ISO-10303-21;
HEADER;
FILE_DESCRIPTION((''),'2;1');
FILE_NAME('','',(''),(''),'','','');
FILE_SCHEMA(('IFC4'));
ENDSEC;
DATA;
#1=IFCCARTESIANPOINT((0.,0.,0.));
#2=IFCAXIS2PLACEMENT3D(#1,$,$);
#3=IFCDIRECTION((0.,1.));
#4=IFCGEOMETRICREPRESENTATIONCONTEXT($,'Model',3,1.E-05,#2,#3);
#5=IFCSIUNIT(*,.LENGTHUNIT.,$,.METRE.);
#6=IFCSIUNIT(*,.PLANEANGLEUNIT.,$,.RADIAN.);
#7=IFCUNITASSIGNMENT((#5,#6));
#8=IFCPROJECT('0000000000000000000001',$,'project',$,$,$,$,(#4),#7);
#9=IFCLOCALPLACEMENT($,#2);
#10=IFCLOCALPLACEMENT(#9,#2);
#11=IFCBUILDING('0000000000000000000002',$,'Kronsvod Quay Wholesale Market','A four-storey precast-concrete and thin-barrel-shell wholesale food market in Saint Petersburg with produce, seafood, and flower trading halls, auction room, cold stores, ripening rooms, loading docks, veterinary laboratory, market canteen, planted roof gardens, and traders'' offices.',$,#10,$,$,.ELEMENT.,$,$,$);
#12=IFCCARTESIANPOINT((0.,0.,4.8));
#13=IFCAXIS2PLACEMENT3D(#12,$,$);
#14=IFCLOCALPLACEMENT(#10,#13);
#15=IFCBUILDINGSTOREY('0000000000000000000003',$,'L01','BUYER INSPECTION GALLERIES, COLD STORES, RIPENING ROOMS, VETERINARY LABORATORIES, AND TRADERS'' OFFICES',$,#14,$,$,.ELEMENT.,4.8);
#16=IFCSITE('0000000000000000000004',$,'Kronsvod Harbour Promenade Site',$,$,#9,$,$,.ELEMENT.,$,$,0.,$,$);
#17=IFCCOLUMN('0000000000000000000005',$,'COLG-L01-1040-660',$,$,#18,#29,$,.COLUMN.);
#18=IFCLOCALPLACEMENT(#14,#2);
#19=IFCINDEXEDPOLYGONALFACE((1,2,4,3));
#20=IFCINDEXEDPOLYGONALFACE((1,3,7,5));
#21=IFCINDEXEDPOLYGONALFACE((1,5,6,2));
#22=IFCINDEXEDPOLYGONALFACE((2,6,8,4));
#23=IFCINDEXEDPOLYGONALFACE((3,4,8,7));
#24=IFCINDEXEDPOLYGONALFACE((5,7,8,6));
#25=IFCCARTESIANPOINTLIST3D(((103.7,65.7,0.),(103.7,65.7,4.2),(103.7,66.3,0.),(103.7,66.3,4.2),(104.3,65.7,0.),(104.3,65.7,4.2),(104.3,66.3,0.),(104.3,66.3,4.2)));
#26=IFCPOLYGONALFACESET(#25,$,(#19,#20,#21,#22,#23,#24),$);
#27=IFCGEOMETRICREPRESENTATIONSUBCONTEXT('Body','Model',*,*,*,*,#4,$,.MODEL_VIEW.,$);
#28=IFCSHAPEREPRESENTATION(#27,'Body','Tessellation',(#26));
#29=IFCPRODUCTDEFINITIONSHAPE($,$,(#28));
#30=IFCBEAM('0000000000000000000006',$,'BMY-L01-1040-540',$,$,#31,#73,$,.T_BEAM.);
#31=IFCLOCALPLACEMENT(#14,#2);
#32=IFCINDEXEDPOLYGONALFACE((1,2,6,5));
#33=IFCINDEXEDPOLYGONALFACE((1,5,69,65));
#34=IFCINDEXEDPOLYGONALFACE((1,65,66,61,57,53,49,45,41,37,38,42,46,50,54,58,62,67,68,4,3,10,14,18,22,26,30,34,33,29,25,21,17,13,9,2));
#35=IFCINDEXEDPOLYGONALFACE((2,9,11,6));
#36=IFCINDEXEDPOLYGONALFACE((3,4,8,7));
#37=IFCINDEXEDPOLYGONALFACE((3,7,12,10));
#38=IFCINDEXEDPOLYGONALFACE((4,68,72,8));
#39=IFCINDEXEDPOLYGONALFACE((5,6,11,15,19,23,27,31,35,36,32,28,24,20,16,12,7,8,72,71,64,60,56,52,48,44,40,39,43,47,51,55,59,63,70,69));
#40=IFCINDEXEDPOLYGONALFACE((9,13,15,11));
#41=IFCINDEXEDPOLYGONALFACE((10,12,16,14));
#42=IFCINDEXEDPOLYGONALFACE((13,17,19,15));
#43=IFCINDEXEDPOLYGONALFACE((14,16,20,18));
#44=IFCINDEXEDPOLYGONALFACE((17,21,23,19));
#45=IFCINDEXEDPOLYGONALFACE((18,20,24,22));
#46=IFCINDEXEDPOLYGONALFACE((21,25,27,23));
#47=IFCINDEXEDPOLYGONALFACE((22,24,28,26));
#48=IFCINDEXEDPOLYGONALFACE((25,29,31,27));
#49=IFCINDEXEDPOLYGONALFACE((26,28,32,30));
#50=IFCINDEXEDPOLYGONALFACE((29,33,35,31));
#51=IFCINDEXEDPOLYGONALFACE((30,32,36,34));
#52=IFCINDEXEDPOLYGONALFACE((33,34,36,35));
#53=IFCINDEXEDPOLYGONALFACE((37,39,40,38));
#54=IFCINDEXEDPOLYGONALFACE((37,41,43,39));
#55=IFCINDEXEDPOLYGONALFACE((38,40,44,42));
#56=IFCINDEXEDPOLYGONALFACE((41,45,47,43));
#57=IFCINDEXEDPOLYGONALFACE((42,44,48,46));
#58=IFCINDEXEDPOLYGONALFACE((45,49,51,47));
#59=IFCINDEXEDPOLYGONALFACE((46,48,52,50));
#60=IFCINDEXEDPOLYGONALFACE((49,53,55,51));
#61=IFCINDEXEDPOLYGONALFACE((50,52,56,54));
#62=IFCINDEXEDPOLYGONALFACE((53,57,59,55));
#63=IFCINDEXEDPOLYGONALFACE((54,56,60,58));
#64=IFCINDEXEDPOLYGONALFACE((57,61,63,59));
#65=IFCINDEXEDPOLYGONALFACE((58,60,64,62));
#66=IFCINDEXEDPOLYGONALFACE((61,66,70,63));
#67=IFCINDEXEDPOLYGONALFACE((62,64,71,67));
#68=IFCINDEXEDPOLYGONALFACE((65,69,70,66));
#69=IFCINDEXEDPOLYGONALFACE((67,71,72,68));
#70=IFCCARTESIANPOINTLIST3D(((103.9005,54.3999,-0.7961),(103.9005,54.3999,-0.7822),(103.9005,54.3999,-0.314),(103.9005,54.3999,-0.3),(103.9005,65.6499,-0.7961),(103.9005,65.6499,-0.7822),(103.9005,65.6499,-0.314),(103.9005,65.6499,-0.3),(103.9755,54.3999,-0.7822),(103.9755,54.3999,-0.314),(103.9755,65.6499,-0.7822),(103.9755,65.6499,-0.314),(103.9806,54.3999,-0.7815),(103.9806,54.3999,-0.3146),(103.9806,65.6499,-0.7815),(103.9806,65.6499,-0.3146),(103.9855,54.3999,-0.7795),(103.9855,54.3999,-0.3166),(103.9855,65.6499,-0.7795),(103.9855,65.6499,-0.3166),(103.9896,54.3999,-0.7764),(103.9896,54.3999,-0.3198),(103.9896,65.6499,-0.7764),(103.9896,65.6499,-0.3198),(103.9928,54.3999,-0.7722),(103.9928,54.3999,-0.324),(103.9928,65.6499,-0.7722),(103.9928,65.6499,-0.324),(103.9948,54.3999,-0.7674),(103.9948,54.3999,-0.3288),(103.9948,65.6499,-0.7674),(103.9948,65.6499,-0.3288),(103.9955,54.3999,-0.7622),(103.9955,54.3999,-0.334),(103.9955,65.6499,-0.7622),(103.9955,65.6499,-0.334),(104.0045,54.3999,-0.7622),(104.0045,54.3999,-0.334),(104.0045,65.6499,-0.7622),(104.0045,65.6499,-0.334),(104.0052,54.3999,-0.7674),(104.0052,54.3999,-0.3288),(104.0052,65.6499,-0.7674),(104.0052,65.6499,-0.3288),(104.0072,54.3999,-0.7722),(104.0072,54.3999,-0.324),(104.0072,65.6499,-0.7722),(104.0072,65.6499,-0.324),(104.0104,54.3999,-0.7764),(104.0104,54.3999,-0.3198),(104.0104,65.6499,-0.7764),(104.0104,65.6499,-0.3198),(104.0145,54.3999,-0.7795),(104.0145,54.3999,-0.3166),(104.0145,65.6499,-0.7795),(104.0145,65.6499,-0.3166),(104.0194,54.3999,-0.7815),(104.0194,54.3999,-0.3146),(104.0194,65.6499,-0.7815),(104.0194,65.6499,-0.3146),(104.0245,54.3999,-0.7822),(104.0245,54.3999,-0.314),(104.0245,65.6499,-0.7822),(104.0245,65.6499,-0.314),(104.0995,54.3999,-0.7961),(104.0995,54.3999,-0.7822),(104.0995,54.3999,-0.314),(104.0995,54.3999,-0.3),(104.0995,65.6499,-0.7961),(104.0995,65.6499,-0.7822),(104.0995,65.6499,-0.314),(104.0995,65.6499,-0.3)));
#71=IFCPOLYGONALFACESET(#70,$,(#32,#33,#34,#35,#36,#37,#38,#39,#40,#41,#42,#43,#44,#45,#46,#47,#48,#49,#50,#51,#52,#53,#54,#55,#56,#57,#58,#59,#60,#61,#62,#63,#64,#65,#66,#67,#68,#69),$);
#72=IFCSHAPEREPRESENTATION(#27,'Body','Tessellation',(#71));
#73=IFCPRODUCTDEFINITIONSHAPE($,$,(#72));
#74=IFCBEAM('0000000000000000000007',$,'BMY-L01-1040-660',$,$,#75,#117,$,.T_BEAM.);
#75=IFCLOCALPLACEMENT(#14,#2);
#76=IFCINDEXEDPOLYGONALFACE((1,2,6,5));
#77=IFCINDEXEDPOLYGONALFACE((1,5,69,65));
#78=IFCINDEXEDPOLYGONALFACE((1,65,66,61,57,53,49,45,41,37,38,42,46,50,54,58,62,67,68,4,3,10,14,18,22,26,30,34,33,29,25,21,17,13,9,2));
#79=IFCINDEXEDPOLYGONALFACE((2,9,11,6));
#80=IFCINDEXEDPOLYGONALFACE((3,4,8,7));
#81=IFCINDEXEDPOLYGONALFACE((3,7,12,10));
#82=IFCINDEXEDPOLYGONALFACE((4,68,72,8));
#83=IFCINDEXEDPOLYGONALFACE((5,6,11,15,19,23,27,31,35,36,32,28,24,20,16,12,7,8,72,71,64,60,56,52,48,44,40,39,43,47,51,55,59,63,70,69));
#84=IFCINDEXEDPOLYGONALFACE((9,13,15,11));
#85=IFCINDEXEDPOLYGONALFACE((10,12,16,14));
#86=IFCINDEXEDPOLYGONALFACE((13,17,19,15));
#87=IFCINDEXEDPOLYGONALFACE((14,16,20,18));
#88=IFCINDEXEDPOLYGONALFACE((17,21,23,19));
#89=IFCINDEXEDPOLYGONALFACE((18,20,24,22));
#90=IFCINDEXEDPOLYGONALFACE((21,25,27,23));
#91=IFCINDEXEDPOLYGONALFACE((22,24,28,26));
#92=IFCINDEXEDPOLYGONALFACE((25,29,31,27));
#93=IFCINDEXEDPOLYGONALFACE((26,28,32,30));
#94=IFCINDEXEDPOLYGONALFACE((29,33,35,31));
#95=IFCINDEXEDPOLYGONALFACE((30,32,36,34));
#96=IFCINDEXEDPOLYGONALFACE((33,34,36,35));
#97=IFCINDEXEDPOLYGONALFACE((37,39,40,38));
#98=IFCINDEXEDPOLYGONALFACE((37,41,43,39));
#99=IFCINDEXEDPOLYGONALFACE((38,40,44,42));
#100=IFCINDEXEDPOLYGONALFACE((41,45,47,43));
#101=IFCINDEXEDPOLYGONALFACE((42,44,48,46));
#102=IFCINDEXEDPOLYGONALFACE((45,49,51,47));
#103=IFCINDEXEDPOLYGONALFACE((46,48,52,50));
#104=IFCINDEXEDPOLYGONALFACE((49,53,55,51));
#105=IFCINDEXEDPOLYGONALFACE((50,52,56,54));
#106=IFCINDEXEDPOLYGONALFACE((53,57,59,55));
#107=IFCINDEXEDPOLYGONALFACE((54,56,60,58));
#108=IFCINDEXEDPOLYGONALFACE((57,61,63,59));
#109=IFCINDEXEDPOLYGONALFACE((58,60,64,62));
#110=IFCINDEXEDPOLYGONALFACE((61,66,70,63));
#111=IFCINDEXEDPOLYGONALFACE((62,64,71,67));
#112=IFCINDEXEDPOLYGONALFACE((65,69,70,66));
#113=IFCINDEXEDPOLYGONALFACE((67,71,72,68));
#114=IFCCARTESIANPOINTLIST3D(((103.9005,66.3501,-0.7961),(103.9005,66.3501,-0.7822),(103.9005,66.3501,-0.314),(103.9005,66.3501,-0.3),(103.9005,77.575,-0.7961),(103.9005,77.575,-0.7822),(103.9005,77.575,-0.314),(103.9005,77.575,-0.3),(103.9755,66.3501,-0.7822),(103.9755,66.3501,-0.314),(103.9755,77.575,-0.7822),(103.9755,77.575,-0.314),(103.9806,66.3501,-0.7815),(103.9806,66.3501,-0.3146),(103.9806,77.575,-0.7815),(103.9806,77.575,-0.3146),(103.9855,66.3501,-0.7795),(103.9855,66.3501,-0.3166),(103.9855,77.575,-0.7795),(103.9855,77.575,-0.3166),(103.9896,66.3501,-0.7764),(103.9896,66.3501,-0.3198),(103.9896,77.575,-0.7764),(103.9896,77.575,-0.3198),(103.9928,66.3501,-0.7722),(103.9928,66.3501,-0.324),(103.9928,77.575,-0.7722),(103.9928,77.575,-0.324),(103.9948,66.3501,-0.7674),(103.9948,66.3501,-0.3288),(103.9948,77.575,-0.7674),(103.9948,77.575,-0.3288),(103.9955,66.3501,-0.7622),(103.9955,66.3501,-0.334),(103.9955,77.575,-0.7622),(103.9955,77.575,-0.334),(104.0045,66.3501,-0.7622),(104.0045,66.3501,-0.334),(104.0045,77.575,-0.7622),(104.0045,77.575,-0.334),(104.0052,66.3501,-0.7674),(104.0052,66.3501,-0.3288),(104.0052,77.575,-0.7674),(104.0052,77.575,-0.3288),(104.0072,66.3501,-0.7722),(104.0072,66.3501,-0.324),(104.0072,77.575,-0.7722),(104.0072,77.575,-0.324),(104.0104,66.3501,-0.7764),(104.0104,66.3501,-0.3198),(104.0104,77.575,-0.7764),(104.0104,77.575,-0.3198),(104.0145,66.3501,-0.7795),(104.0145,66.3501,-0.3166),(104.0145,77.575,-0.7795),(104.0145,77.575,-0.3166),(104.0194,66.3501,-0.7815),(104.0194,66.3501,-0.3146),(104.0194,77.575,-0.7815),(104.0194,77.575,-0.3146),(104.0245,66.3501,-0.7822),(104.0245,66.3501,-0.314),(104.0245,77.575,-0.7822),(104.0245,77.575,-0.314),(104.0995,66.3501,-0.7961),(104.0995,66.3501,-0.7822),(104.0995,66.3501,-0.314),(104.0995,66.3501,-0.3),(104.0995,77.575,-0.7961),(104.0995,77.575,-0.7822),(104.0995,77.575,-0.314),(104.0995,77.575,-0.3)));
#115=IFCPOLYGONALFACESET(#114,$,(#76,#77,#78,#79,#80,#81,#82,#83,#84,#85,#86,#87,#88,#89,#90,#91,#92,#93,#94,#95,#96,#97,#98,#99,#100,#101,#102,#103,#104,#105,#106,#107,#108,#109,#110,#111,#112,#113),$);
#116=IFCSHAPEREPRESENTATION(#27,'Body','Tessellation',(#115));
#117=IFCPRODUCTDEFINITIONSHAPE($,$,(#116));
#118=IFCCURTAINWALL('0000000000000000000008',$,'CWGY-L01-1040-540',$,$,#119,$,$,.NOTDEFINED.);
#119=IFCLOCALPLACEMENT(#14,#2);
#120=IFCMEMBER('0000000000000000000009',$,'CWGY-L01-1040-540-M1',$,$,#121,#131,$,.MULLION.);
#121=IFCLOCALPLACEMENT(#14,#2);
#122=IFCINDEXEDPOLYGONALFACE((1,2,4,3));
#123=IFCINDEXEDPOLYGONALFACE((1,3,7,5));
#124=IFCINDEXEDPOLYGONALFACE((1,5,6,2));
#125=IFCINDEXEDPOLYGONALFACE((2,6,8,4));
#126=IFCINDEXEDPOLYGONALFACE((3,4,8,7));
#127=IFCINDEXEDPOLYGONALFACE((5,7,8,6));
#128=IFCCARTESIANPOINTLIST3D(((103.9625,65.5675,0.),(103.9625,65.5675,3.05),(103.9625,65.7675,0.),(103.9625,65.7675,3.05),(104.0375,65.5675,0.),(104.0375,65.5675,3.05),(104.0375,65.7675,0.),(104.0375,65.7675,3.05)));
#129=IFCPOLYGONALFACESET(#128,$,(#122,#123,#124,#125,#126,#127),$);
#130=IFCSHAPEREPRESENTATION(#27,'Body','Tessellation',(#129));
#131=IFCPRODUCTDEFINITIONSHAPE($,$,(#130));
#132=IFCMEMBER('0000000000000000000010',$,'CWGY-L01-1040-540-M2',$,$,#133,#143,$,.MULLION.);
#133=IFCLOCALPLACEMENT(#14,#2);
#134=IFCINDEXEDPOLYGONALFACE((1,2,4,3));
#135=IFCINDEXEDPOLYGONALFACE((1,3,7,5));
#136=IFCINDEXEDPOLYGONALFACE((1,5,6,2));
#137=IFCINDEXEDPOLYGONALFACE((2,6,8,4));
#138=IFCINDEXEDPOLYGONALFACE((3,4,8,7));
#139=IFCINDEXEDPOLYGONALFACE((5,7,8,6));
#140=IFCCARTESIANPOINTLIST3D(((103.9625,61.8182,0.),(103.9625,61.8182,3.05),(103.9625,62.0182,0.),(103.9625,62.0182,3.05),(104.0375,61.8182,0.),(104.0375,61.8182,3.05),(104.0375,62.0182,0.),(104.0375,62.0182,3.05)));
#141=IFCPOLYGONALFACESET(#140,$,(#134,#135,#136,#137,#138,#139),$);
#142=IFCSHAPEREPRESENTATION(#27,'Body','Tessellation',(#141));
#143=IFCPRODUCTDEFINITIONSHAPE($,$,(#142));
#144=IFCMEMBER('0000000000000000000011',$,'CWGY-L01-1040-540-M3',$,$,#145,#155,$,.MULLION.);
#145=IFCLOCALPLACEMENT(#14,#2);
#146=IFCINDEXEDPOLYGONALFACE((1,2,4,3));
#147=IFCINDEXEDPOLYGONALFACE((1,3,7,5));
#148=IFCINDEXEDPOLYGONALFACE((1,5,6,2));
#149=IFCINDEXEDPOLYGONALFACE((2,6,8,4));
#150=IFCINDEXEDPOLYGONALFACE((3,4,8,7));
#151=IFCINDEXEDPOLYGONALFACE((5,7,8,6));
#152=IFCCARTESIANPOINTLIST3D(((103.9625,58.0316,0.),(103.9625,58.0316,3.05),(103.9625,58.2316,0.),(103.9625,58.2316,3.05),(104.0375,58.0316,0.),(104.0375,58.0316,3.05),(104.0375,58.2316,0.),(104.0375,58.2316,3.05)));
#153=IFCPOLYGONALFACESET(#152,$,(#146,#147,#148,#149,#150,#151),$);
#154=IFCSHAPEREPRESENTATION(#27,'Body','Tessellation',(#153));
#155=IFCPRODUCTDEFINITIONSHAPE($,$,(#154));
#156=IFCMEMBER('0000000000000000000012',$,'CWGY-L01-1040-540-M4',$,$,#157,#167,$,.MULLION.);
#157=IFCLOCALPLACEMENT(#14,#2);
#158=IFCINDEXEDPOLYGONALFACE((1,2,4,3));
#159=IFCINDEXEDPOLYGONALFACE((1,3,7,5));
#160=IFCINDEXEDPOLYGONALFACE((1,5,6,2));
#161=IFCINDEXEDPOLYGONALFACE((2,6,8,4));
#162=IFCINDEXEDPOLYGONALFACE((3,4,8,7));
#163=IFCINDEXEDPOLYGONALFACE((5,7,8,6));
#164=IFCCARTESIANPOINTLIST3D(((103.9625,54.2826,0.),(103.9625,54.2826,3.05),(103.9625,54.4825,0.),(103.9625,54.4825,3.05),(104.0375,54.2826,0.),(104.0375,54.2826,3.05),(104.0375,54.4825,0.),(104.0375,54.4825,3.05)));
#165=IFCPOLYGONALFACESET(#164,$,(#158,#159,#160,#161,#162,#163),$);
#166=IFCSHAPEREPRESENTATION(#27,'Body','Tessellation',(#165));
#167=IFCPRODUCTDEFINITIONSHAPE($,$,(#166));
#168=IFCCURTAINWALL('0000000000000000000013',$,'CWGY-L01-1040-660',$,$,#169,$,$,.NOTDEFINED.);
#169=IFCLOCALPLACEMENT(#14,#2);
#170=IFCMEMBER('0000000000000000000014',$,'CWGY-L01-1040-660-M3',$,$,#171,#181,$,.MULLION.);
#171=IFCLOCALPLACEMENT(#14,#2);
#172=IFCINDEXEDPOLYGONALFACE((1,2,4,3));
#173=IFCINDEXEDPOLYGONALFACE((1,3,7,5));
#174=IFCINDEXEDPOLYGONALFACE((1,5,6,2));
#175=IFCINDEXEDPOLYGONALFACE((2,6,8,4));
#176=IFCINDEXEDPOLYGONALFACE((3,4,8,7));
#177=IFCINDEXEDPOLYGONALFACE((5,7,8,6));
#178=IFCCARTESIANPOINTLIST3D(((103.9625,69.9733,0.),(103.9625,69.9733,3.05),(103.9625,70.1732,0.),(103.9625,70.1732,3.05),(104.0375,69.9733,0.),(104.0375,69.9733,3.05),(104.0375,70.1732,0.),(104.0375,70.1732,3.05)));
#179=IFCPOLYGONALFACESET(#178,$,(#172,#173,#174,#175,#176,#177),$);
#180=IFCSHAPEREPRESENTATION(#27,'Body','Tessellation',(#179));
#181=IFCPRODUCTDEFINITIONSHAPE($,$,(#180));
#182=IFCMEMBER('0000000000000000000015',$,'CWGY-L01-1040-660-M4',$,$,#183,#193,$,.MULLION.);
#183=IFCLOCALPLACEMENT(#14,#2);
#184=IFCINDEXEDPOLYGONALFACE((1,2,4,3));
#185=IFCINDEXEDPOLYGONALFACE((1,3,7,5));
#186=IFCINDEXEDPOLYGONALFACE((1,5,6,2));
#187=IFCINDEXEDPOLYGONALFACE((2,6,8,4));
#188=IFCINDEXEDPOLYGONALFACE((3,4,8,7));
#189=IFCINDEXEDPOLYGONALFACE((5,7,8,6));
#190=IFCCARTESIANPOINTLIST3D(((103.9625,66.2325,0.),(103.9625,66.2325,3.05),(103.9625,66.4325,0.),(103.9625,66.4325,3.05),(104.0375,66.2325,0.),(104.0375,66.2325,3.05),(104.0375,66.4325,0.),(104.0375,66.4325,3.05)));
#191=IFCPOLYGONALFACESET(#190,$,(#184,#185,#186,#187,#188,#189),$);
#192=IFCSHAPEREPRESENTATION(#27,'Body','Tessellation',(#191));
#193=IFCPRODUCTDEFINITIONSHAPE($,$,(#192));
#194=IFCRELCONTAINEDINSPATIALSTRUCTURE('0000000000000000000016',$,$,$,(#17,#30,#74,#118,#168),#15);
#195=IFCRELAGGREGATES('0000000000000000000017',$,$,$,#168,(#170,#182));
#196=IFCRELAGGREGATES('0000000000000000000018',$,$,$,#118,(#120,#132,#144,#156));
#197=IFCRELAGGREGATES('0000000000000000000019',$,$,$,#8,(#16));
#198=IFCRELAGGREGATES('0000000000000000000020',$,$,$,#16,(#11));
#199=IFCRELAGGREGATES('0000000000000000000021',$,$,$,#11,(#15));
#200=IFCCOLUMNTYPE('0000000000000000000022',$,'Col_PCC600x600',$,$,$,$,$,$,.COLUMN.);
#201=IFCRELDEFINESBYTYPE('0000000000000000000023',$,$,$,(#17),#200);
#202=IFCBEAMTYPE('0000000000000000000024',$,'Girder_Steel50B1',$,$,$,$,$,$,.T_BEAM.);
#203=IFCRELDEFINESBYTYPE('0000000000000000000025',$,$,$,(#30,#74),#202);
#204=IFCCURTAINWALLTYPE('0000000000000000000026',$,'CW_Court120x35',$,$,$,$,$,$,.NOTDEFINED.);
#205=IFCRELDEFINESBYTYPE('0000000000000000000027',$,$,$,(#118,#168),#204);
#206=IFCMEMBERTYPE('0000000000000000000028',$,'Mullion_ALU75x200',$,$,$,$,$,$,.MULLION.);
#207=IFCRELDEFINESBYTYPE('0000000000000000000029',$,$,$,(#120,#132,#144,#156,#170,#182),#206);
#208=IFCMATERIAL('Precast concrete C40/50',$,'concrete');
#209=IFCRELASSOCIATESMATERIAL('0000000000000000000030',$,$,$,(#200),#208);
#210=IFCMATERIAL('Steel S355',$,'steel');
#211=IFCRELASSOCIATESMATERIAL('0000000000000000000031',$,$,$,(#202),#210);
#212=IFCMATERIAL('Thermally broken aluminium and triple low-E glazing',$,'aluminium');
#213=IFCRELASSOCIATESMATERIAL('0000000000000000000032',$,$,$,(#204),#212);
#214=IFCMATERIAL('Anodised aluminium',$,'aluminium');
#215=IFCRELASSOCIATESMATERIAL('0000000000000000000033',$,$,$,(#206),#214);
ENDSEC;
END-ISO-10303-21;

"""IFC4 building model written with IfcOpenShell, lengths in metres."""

from ifc_helpers import new_model, si_unit, direction, frame, origin, origin_2d, place, context, subcontext, project, spatial, rectangle, i_section, extrude, material, material_profile, profile_set, type_object, element, aggregate, save


model = new_model("IFC4")

# Units and contexts
model_context = context("Model", 3, precision=1e-05, world=origin(), true_north=direction((0.0, 1.0)))
body_context = subcontext(model_context, "Body", "Model", "MODEL_VIEW")
ifc_project = project(units=[si_unit("LENGTHUNIT", "METRE"), si_unit("PLANEANGLEUNIT", "RADIAN")], contexts=[model_context])

# Site, building, storey
site_placement = place(None, origin())
site = spatial("IfcSite", under=ifc_project, at=site_placement, Name="Kronsvod Harbour Promenade Site", CompositionType="ELEMENT", RefElevation=0.0)
building_placement = place(site_placement, origin())
building = spatial("IfcBuilding", under=site, at=building_placement, Name="Kronsvod Quay Wholesale Market", Description="A four-storey precast-concrete and thin-barrel-shell wholesale food market in Saint Petersburg with produce, seafood, and flower trading halls, auction room, cold stores, ripening rooms, loading docks, veterinary laboratory, market canteen, planted roof gardens, and traders' offices.", CompositionType="ELEMENT")
storey_placement = place(building_placement, frame((0.0, 0.0, 4.8)))
storey = spatial("IfcBuildingStorey", under=building, at=storey_placement, Name="L01", Description="BUYER INSPECTION GALLERIES, COLD STORES, RIPENING ROOMS, VETERINARY LABORATORIES, AND TRADERS' OFFICES", CompositionType="ELEMENT", Elevation=4.8)

# Column
ifc_material_1 = material(Name="Precast concrete C40/50", Category="concrete")
ifc_material_profile_1 = material_profile(ifc_material_1, rectangle(XDim=0.6001, YDim=0.6001, at=origin_2d()), Name="PCC600x600")
ifc_profile_set_1 = profile_set([ifc_material_profile_1], Name="Precast concrete C40/50")
column_type = type_object("IfcColumnType", Name="Col_PCC600x600", PredefinedType="COLUMN", material=ifc_profile_set_1)
column_placement = place(storey_placement, frame((104.0, 66.0, 0.0), z_axis=(0.0, 0.0, 1.0), x_axis=(1.0, 0.0, 0.0)))
element("IfcColumn", 1, at=column_placement, inside=storey, type_object=column_type, Name="COLG-L01-1040-660", PredefinedType="COLUMN", context=body_context, shape_type="SweptSolid", body=[
    extrude(rectangle(XDim=0.6001, YDim=0.6001, at=origin_2d()), origin(), (0.0, 0.0, 1.0), 4.2),
])

# Beams
ifc_material_2 = material(Name="Steel S355", Category="steel")
ifc_material_profile_2 = material_profile(ifc_material_2, i_section(OverallWidth=0.199, OverallDepth=0.4961, WebThickness=0.009, FlangeThickness=0.0139, FilletRadius=0.02, at=origin_2d()), Name="50B1")
ifc_profile_set_2 = profile_set([ifc_material_profile_2], Name="Steel S355")
beam_type = type_object("IfcBeamType", Name="Girder_Steel50B1", PredefinedType="T_BEAM", material=ifc_profile_set_2)
beam_1_placement = place(storey_placement, frame((104.0, 54.3999, -0.5481), z_axis=(0.0, 1.0, 0.0), x_axis=(-1.0, 0.0, 0.0)))
element("IfcBeam", 2, at=beam_1_placement, inside=storey, type_object=beam_type, Name="BMY-L01-1040-540", PredefinedType="T_BEAM", context=body_context, shape_type="SweptSolid", body=[
    extrude(i_section(OverallWidth=0.199, OverallDepth=0.4961, WebThickness=0.009, FlangeThickness=0.0139, FilletRadius=0.02, at=origin_2d()), origin(), (0.0, 0.0, 1.0), 11.25),
])
beam_2_placement = place(storey_placement, frame((104.0, 66.3501, -0.5481), z_axis=(0.0, 1.0, 0.0), x_axis=(-1.0, 0.0, 0.0)))
element("IfcBeam", 3, at=beam_2_placement, inside=storey, type_object=beam_type, Name="BMY-L01-1040-660", PredefinedType="T_BEAM", context=body_context, shape_type="SweptSolid", body=[
    extrude(i_section(OverallWidth=0.199, OverallDepth=0.4961, WebThickness=0.009, FlangeThickness=0.0139, FilletRadius=0.02, at=origin_2d()), origin(), (0.0, 0.0, 1.0), 11.2249),
])

# Curtain walls, members
ifc_material_3 = material(Name="Thermally broken aluminium and triple low-E glazing", Category="aluminium")
curtain_wall_type = type_object("IfcCurtainWallType", Name="CW_Court120x35", PredefinedType="NOTDEFINED", material=ifc_material_3)
curtain_wall_1_placement = place(storey_placement, origin())
curtain_wall_1 = element("IfcCurtainWall", 4, at=curtain_wall_1_placement, inside=storey, type_object=curtain_wall_type, Name="CWGY-L01-1040-540", PredefinedType="NOTDEFINED")
ifc_material_4 = material(Name="Anodised aluminium", Category="aluminium")
ifc_material_profile_3 = material_profile(ifc_material_4, rectangle(XDim=0.075, YDim=0.2, at=origin_2d()), Name="ALUM75x200")
ifc_profile_set_3 = profile_set([ifc_material_profile_3], Name="Anodised aluminium")
member_type_1 = type_object("IfcMemberType", Name="Mullion_ALU75x200", PredefinedType="MULLION", material=ifc_profile_set_3)
member_1_placement = place(storey_placement, frame((104.0, 65.6675, 0.0), z_axis=(0.0, 0.0, 1.0), x_axis=(1.0, 0.0, 0.0)))
member_1 = element("IfcMember", 5, at=member_1_placement, type_object=member_type_1, Name="CWGY-L01-1040-540-M1", PredefinedType="MULLION", context=body_context, shape_type="SweptSolid", body=[
    extrude(rectangle(XDim=0.075, YDim=0.2, at=origin_2d()), origin(), (0.0, 0.0, 1.0), 3.05),
])
member_2_placement = place(storey_placement, frame((104.0, 61.9182, 0.0), z_axis=(0.0, 0.0, 1.0), x_axis=(1.0, 0.0, 0.0)))
member_2 = element("IfcMember", 6, at=member_2_placement, type_object=member_type_1, Name="CWGY-L01-1040-540-M2", PredefinedType="MULLION", context=body_context, shape_type="SweptSolid", body=[
    extrude(rectangle(XDim=0.075, YDim=0.2, at=origin_2d()), origin(), (0.0, 0.0, 1.0), 3.05),
])
member_3_placement = place(storey_placement, frame((104.0, 58.1316, 0.0), z_axis=(0.0, 0.0, 1.0), x_axis=(1.0, 0.0, 0.0)))
member_3 = element("IfcMember", 7, at=member_3_placement, type_object=member_type_1, Name="CWGY-L01-1040-540-M3", PredefinedType="MULLION", context=body_context, shape_type="SweptSolid", body=[
    extrude(rectangle(XDim=0.075, YDim=0.2, at=origin_2d()), origin(), (0.0, 0.0, 1.0), 3.05),
])
member_4_placement = place(storey_placement, frame((104.0, 54.3826, 0.0), z_axis=(0.0, 0.0, 1.0), x_axis=(1.0, 0.0, 0.0)))
member_4 = element("IfcMember", 8, at=member_4_placement, type_object=member_type_1, Name="CWGY-L01-1040-540-M4", PredefinedType="MULLION", context=body_context, shape_type="SweptSolid", body=[
    extrude(rectangle(XDim=0.075, YDim=0.2, at=origin_2d()), origin(), (0.0, 0.0, 1.0), 3.05),
])
curtain_wall_2_placement = place(storey_placement, origin())
curtain_wall_2 = element("IfcCurtainWall", 9, at=curtain_wall_2_placement, inside=storey, type_object=curtain_wall_type, Name="CWGY-L01-1040-660", PredefinedType="NOTDEFINED")
member_5_placement = place(storey_placement, frame((104.0, 70.0732, 0.0), z_axis=(0.0, 0.0, 1.0), x_axis=(1.0, 0.0, 0.0)))
member_5 = element("IfcMember", 10, at=member_5_placement, type_object=member_type_1, Name="CWGY-L01-1040-660-M3", PredefinedType="MULLION", context=body_context, shape_type="SweptSolid", body=[
    extrude(rectangle(XDim=0.075, YDim=0.2, at=origin_2d()), origin(), (0.0, 0.0, 1.0), 3.05),
])
member_6_placement = place(storey_placement, frame((104.0, 66.3325, 0.0), z_axis=(0.0, 0.0, 1.0), x_axis=(1.0, 0.0, 0.0)))
member_6 = element("IfcMember", 11, at=member_6_placement, type_object=member_type_1, Name="CWGY-L01-1040-660-M4", PredefinedType="MULLION", context=body_context, shape_type="SweptSolid", body=[
    extrude(rectangle(XDim=0.075, YDim=0.2, at=origin_2d()), origin(), (0.0, 0.0, 1.0), 3.05),
])

aggregate(curtain_wall_2, [member_5, member_6])
aggregate(curtain_wall_1, [member_1, member_2, member_3, member_4])

save(model, "model.ifc")
